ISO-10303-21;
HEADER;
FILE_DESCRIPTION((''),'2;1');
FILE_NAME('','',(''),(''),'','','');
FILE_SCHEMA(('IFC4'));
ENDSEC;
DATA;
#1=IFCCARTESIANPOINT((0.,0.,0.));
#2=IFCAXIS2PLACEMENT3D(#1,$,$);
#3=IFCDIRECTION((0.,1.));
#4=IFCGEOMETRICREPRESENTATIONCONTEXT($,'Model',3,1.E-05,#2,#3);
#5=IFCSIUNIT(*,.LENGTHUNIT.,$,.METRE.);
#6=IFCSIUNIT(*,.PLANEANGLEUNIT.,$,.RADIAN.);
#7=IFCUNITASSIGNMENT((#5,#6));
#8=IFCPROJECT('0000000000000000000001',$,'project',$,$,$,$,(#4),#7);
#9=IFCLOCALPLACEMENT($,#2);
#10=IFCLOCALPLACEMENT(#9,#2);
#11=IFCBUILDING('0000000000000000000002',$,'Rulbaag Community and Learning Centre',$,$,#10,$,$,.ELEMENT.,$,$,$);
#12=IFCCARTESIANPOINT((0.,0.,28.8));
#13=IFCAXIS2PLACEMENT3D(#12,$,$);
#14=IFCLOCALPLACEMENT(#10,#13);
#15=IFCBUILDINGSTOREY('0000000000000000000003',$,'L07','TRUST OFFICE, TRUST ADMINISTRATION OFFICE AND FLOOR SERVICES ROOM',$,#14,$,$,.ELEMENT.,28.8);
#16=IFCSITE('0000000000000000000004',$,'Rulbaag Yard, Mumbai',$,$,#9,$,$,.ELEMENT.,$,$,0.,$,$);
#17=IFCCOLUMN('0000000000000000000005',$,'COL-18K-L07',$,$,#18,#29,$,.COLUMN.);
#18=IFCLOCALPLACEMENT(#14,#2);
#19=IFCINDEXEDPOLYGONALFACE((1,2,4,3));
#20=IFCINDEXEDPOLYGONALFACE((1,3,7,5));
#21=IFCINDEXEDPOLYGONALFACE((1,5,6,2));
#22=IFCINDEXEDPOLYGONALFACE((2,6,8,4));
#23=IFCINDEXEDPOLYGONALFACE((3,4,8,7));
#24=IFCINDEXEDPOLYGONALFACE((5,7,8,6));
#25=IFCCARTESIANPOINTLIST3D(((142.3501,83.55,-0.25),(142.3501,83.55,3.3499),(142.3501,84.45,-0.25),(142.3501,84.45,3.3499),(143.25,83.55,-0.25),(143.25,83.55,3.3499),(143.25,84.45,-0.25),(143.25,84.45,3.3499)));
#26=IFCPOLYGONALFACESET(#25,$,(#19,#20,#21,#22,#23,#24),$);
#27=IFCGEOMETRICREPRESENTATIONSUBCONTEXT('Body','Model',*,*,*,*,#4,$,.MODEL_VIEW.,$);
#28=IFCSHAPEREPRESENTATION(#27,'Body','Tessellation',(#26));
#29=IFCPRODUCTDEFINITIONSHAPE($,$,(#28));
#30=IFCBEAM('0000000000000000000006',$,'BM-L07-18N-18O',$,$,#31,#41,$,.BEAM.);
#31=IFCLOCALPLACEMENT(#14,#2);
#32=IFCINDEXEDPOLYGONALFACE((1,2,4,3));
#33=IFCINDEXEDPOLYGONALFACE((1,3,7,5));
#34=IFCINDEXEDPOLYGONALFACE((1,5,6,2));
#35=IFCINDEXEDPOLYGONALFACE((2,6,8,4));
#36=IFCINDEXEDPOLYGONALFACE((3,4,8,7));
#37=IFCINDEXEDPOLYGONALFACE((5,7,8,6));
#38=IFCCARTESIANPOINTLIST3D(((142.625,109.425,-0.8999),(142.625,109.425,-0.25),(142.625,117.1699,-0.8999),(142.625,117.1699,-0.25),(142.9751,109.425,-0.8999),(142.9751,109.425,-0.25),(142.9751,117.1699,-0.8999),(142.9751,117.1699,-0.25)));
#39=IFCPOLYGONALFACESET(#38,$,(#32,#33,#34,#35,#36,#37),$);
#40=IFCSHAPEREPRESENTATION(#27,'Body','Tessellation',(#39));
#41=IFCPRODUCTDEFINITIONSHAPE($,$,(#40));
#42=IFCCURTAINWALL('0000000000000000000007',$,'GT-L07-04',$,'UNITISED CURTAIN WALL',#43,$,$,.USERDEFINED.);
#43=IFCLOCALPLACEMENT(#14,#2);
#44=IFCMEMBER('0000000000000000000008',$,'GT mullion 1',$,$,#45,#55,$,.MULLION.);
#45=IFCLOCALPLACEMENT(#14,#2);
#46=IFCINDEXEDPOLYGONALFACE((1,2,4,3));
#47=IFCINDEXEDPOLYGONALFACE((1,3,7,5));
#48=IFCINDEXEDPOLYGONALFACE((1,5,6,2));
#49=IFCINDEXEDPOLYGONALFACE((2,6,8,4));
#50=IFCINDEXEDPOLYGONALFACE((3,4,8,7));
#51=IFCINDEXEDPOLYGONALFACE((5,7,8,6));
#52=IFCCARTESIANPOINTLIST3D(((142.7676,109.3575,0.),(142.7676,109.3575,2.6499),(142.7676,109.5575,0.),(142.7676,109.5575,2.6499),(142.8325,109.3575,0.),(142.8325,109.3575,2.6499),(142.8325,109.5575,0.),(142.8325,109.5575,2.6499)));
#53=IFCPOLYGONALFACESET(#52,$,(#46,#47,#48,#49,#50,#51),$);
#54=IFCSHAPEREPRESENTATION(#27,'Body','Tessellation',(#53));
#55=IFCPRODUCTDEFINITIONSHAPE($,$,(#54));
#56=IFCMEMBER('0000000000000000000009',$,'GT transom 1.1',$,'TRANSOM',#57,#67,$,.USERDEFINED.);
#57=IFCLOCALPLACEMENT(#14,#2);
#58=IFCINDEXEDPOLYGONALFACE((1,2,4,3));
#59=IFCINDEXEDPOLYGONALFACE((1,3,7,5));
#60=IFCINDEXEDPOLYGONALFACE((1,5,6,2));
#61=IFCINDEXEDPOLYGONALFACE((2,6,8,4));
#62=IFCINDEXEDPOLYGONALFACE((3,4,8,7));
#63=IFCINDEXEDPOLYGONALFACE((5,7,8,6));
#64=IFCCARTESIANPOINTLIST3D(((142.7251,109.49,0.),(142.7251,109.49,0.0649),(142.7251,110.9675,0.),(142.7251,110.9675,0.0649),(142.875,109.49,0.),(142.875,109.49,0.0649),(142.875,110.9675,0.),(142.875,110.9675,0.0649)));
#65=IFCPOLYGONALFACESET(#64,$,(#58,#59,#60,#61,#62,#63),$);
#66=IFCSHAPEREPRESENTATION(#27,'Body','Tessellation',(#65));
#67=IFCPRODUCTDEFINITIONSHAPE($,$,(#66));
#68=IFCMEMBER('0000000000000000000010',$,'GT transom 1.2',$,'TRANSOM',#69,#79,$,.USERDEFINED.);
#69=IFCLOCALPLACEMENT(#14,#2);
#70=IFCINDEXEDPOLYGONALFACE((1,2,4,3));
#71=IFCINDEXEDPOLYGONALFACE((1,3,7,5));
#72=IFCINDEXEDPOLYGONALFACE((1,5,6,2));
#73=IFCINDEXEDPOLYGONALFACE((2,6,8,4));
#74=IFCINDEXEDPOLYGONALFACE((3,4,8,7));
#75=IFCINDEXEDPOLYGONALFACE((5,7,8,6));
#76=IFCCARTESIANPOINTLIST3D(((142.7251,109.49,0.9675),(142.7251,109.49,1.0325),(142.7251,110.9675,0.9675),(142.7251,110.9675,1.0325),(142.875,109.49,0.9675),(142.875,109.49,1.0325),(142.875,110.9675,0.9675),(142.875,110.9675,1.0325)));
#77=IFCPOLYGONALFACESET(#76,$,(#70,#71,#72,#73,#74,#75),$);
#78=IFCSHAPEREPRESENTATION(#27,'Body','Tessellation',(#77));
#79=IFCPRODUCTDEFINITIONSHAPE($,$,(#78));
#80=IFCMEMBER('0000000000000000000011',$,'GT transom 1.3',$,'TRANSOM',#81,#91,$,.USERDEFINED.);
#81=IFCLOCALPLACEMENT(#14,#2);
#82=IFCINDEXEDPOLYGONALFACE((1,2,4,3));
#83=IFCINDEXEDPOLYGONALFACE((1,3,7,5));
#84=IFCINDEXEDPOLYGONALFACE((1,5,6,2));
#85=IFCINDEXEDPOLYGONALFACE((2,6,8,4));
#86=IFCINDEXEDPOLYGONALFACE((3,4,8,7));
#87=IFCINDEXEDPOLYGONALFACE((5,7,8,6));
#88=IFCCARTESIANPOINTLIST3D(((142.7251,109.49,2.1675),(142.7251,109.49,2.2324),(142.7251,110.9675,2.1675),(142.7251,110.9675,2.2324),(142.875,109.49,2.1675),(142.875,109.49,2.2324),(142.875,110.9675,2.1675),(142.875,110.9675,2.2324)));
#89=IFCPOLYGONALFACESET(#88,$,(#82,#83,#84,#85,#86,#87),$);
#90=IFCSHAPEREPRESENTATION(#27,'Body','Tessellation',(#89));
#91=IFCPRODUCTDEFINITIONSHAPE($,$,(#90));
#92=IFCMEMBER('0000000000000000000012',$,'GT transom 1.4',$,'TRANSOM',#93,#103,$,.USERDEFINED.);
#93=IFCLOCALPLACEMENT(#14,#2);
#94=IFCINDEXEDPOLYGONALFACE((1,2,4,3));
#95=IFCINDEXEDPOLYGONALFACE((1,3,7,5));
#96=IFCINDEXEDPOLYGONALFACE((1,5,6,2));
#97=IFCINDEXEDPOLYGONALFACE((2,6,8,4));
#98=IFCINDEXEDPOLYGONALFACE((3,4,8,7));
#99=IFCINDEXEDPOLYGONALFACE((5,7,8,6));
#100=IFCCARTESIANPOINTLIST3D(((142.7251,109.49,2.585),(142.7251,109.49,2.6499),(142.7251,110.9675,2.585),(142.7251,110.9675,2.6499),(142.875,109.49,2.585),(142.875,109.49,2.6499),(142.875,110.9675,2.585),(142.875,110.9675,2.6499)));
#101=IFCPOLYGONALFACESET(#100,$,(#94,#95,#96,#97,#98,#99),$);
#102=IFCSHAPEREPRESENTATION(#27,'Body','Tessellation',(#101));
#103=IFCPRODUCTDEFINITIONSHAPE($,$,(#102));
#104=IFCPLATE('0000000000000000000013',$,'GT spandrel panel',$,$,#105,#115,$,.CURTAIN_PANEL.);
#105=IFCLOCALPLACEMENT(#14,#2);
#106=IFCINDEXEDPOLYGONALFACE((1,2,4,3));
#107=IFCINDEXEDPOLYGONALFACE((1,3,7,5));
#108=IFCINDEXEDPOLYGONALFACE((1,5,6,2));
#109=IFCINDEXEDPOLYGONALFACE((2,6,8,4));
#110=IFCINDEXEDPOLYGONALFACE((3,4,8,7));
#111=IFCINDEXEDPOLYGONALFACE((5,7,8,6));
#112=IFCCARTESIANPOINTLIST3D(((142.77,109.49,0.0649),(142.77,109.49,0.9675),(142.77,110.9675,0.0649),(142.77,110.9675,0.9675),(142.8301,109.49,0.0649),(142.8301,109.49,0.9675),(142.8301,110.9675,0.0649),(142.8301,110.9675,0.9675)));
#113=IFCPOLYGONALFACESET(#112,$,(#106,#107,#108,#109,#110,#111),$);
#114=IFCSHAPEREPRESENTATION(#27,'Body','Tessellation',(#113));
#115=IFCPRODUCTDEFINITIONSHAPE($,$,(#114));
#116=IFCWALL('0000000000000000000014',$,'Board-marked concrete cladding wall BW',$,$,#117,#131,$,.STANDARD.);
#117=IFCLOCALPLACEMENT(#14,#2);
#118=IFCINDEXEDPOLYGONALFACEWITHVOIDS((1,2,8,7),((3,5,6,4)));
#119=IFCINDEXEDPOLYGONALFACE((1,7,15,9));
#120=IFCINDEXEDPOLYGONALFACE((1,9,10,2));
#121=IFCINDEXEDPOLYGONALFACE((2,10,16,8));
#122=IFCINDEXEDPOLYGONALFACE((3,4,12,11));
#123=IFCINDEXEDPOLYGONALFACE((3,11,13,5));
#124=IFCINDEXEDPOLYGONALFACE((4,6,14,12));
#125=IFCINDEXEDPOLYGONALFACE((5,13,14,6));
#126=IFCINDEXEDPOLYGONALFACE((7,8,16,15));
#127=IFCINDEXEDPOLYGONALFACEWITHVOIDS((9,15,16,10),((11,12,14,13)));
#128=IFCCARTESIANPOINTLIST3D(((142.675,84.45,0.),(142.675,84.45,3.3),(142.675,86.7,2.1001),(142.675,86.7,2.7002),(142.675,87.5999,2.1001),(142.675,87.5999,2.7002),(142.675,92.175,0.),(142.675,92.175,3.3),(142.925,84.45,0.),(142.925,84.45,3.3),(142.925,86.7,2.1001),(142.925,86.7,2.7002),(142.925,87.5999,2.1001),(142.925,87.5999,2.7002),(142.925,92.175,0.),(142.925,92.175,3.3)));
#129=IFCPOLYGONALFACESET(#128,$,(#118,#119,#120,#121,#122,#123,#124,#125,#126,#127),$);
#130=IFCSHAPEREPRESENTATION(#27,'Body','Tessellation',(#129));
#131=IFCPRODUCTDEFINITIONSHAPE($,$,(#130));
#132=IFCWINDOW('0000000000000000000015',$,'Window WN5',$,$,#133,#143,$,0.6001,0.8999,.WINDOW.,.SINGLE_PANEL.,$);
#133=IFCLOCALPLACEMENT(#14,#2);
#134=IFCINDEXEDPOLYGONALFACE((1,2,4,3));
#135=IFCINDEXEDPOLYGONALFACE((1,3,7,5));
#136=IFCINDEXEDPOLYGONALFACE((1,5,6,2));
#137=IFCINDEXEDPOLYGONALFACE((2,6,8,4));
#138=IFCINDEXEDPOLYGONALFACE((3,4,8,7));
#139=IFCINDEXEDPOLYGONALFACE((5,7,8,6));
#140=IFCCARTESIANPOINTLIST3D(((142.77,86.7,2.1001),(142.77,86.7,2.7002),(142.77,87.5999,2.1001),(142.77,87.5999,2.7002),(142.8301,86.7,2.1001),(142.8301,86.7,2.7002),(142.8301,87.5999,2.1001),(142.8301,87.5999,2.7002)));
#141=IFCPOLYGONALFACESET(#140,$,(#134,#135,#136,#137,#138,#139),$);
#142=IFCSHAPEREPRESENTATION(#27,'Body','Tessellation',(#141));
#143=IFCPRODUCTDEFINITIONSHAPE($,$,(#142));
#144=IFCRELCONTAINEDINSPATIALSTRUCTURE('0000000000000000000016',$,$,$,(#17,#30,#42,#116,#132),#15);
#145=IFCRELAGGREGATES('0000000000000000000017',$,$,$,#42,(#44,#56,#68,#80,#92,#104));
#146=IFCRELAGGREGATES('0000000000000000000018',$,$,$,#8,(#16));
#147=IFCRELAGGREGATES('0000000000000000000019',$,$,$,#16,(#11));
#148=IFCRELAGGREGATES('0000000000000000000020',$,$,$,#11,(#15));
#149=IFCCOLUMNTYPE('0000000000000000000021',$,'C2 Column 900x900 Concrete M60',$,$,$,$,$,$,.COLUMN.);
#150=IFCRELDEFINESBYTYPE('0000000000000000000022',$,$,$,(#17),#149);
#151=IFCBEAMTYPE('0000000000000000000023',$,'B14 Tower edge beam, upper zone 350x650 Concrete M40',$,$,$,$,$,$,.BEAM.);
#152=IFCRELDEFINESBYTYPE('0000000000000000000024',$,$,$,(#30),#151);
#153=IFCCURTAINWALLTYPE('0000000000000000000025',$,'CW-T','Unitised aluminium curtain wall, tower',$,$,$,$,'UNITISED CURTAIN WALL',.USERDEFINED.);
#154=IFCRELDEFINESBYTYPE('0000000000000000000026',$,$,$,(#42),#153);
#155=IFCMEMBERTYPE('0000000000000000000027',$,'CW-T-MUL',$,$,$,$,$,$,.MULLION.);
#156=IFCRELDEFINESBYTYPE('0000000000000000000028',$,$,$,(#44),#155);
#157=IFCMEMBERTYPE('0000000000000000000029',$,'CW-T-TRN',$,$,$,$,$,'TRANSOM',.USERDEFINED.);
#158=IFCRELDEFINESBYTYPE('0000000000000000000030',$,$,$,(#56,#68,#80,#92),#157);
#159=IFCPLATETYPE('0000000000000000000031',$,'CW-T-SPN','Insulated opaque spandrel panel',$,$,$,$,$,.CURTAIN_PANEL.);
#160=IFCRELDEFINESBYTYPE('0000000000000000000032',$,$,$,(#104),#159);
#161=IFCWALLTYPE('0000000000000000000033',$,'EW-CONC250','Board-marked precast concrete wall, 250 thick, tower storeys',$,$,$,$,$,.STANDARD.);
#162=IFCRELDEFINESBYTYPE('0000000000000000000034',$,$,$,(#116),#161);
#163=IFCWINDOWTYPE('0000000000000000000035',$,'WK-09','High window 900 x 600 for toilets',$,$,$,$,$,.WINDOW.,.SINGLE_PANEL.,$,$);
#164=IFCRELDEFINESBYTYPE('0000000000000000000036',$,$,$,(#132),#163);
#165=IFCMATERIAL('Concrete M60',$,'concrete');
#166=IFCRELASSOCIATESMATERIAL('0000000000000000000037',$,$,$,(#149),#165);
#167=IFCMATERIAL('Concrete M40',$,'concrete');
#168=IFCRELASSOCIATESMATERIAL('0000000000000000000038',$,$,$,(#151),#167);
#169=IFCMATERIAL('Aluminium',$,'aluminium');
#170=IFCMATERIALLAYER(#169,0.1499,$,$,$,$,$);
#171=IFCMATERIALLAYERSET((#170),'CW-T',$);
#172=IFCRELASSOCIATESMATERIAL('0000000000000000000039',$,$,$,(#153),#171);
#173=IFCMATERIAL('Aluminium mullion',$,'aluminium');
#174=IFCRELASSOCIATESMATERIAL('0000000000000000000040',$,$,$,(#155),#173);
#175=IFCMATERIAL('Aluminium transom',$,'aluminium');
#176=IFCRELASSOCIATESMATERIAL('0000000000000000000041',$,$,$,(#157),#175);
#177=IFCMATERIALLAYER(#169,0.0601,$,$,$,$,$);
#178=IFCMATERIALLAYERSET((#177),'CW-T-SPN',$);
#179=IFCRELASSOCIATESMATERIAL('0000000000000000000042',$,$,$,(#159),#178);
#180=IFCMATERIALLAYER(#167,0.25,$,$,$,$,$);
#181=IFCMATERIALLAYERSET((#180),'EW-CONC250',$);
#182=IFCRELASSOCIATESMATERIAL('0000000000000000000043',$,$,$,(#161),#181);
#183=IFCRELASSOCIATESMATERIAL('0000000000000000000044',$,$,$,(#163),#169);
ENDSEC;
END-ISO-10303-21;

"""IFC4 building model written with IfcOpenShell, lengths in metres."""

from ifc_helpers import new_model, si_unit, direction, frame, frame_2d, origin, origin_2d, place, context, subcontext, project, spatial, rectangle, extrude, material, layer, layer_set, material_profile, profile_set, type_object, element, fill, aggregate, save


model = new_model("IFC4")

# Units and contexts
model_context = context("Model", 3, precision=1e-05, world=origin(), true_north=direction((0.0, 1.0)))
body_context = subcontext(model_context, "Body", "Model", "MODEL_VIEW")
ifc_project = project(units=[si_unit("LENGTHUNIT", "METRE"), si_unit("PLANEANGLEUNIT", "RADIAN")], contexts=[model_context])

# Site, building, storey
site_placement = place(None, origin())
site = spatial("IfcSite", under=ifc_project, at=site_placement, Name="Rulbaag Yard, Mumbai", CompositionType="ELEMENT", RefElevation=0.0)
building_placement = place(site_placement, origin())
building = spatial("IfcBuilding", under=site, at=building_placement, Name="Rulbaag Community and Learning Centre", CompositionType="ELEMENT")
storey_placement = place(building_placement, frame((0.0, 0.0, 28.8)))
storey = spatial("IfcBuildingStorey", under=building, at=storey_placement, Name="L07", Description="TRUST OFFICE, TRUST ADMINISTRATION OFFICE AND FLOOR SERVICES ROOM", CompositionType="ELEMENT", Elevation=28.8)

# Column
ifc_material_1 = material(Name="Concrete M60", Category="concrete")
ifc_material_profile_1 = material_profile(ifc_material_1, rectangle(XDim=0.8999, YDim=0.8999, at=origin_2d()), Name="RC900x900")
ifc_profile_set_1 = profile_set([ifc_material_profile_1], Name="Concrete M60")
column_type = type_object("IfcColumnType", Name="C2 Column 900x900 Concrete M60", PredefinedType="COLUMN", material=ifc_profile_set_1)
column_placement = place(storey_placement, frame((142.8, 84.0, -0.25), z_axis=(0.0, 0.0, 1.0), x_axis=(1.0, 0.0, 0.0)))
element("IfcColumn", 1, at=column_placement, inside=storey, type_object=column_type, Name="COL-18K-L07", PredefinedType="COLUMN", context=body_context, shape_type="SweptSolid", body=[
    extrude(rectangle(XDim=0.8999, YDim=0.8999, at=origin_2d()), origin(), (0.0, 0.0, 1.0), 3.5999),
])

# Beam
ifc_material_2 = material(Name="Concrete M40", Category="concrete")
ifc_material_profile_2 = material_profile(ifc_material_2, rectangle(XDim=0.3501, YDim=0.6499, at=origin_2d()), Name="RB350x650")
ifc_profile_set_2 = profile_set([ifc_material_profile_2], Name="Concrete M40")
beam_type = type_object("IfcBeamType", Name="B14 Tower edge beam, upper zone 350x650 Concrete M40", PredefinedType="BEAM", material=ifc_profile_set_2)
beam_placement = place(storey_placement, frame((142.8, 109.425, -0.575), z_axis=(0.0, 1.0, 0.0), x_axis=(-1.0, 0.0, 0.0)))
element("IfcBeam", 2, at=beam_placement, inside=storey, type_object=beam_type, Name="BM-L07-18N-18O", PredefinedType="BEAM", context=body_context, shape_type="SweptSolid", body=[
    extrude(rectangle(XDim=0.3501, YDim=0.6499, at=origin_2d()), origin(), (0.0, 0.0, 1.0), 7.7449),
])

# Curtain wall, members, plate
ifc_material_3 = material(Name="Aluminium", Category="aluminium")
ifc_layer_1 = layer(ifc_material_3, 0.1499)
ifc_layer_set_1 = layer_set([ifc_layer_1], Name="CW-T")
curtain_wall_type = type_object("IfcCurtainWallType", Name="CW-T", Description="Unitised aluminium curtain wall, tower", ElementType="UNITISED CURTAIN WALL", PredefinedType="USERDEFINED", material=ifc_layer_set_1)
curtain_wall_placement = place(storey_placement, origin())
curtain_wall = element("IfcCurtainWall", 3, at=curtain_wall_placement, inside=storey, type_object=curtain_wall_type, Name="GT-L07-04", ObjectType="UNITISED CURTAIN WALL", PredefinedType="USERDEFINED")
ifc_material_4 = material(Name="Aluminium mullion", Category="aluminium")
ifc_material_profile_3 = material_profile(ifc_material_4, rectangle(XDim=0.0649, YDim=0.2, at=origin_2d()), Name="AL 65x200")
ifc_profile_set_3 = profile_set([ifc_material_profile_3], Name="Aluminium mullion")
member_type_1 = type_object("IfcMemberType", Name="CW-T-MUL", PredefinedType="MULLION", material=ifc_profile_set_3)
member_1_placement = place(storey_placement, frame((142.8, 109.4575, 0.0), z_axis=(0.0, 0.0, 1.0), x_axis=(-1.0, 0.0, 0.0)))
member_1 = element("IfcMember", 4, at=member_1_placement, type_object=member_type_1, Name="GT mullion 1", PredefinedType="MULLION", context=body_context, shape_type="SweptSolid", body=[
    extrude(rectangle(XDim=0.0649, YDim=0.2, at=origin_2d()), origin(), (0.0, 0.0, 1.0), 2.6499),
])
ifc_material_5 = material(Name="Aluminium transom", Category="aluminium")
ifc_material_profile_4 = material_profile(ifc_material_5, rectangle(XDim=0.1499, YDim=0.0649, at=origin_2d()), Name="AL 65x150 T")
ifc_profile_set_4 = profile_set([ifc_material_profile_4], Name="Aluminium transom")
member_type_2 = type_object("IfcMemberType", Name="CW-T-TRN", ElementType="TRANSOM", PredefinedType="USERDEFINED", material=ifc_profile_set_4)
member_2_placement = place(storey_placement, frame((142.8, 109.49, 0.0325), z_axis=(0.0, 1.0, 0.0), x_axis=(-1.0, 0.0, 0.0)))
member_2 = element("IfcMember", 5, at=member_2_placement, type_object=member_type_2, Name="GT transom 1.1", ObjectType="TRANSOM", PredefinedType="USERDEFINED", context=body_context, shape_type="SweptSolid", body=[
    extrude(rectangle(XDim=0.1499, YDim=0.0649, at=origin_2d()), origin(), (0.0, 0.0, 1.0), 1.4775),
])
member_3_placement = place(storey_placement, frame((142.8, 109.49, 1.0), z_axis=(0.0, 1.0, 0.0), x_axis=(-1.0, 0.0, 0.0)))
member_3 = element("IfcMember", 6, at=member_3_placement, type_object=member_type_2, Name="GT transom 1.2", ObjectType="TRANSOM", PredefinedType="USERDEFINED", context=body_context, shape_type="SweptSolid", body=[
    extrude(rectangle(XDim=0.1499, YDim=0.0649, at=origin_2d()), origin(), (0.0, 0.0, 1.0), 1.4775),
])
member_4_placement = place(storey_placement, frame((142.8, 109.49, 2.2), z_axis=(0.0, 1.0, 0.0), x_axis=(-1.0, 0.0, 0.0)))
member_4 = element("IfcMember", 7, at=member_4_placement, type_object=member_type_2, Name="GT transom 1.3", ObjectType="TRANSOM", PredefinedType="USERDEFINED", context=body_context, shape_type="SweptSolid", body=[
    extrude(rectangle(XDim=0.1499, YDim=0.0649, at=origin_2d()), origin(), (0.0, 0.0, 1.0), 1.4775),
])
member_5_placement = place(storey_placement, frame((142.8, 109.49, 2.6174), z_axis=(0.0, 1.0, 0.0), x_axis=(-1.0, 0.0, 0.0)))
member_5 = element("IfcMember", 8, at=member_5_placement, type_object=member_type_2, Name="GT transom 1.4", ObjectType="TRANSOM", PredefinedType="USERDEFINED", context=body_context, shape_type="SweptSolid", body=[
    extrude(rectangle(XDim=0.1499, YDim=0.0649, at=origin_2d()), origin(), (0.0, 0.0, 1.0), 1.4775),
])
ifc_layer_2 = layer(ifc_material_3, 0.0601)
ifc_layer_set_2 = layer_set([ifc_layer_2], Name="CW-T-SPN")
plate_type = type_object("IfcPlateType", Name="CW-T-SPN", Description="Insulated opaque spandrel panel", PredefinedType="CURTAIN_PANEL", material=ifc_layer_set_2)
plate_placement = place(storey_placement, frame((142.8, 110.2288, 0.0649), z_axis=(0.0, 0.0, 1.0), x_axis=(0.0, 1.0, 0.0)))
plate = element("IfcPlate", 9, at=plate_placement, type_object=plate_type, Name="GT spandrel panel", PredefinedType="CURTAIN_PANEL", context=body_context, shape_type="SweptSolid", body=[
    extrude(rectangle(XDim=1.4775, YDim=0.0601, at=origin_2d()), origin(), (0.0, 0.0, 1.0), 0.9026),
])
aggregate(curtain_wall, [member_1, member_2, member_3, member_4, member_5, plate])

# Wall, opening, window
ifc_layer_3 = layer(ifc_material_2, 0.25)
ifc_layer_set_3 = layer_set([ifc_layer_3], Name="EW-CONC250")
wall_type_1 = type_object("IfcWallType", Name="EW-CONC250", Description="Board-marked precast concrete wall, 250 thick, tower storeys", PredefinedType="STANDARD", material=ifc_layer_set_3)
wall_1_placement = place(storey_placement, frame((142.8, 84.45, 0.0), z_axis=(0.0, 0.0, 1.0), x_axis=(0.0, 1.0, 0.0)))
wall_1 = element("IfcWall", 10, at=wall_1_placement, inside=storey, type_object=wall_type_1, Name="Board-marked concrete cladding wall BW", PredefinedType="STANDARD", context=body_context, shape_type="SweptSolid", body=[
    extrude(rectangle(XDim=7.7251, YDim=0.25, at=frame_2d((3.8625, 0.0))), origin(), (0.0, 0.0, 1.0), 3.3),
])
opening_1_placement = place(wall_1_placement, frame((2.25, 0.0, 2.1001)))
opening_1 = element("IfcOpeningElement", 11, at=opening_1_placement, cuts=wall_1, PredefinedType="OPENING", context=body_context, shape_type="SweptSolid", body=[
    extrude(rectangle(XDim=0.8999, YDim=0.6001, at=frame_2d((0.45, 0.3))), frame((0.0, 0.135, 0.0), z_axis=(0.0, -1.0, 0.0), x_axis=(1.0, 0.0, 0.0)), (0.0, 0.0, 1.0), 0.27),
])
window_type = type_object("IfcWindowType", Name="WK-09", Description="High window 900 x 600 for toilets", PartitioningType="SINGLE_PANEL", PredefinedType="WINDOW", material=ifc_material_3)
window_placement = place(opening_1_placement, origin())
window = element("IfcWindow", 12, at=window_placement, inside=storey, type_object=window_type, Name="Window WN5", OverallHeight=0.6001, OverallWidth=0.8999, PartitioningType="SINGLE_PANEL", PredefinedType="WINDOW", context=body_context, shape_type="SweptSolid", body=[
    extrude(rectangle(XDim=0.8999, YDim=0.6001, at=frame_2d((0.45, 0.3))), frame((0.0, 0.03, 0.0), z_axis=(0.0, -1.0, 0.0), x_axis=(1.0, 0.0, 0.0)), (0.0, 0.0, 1.0), 0.0601),
])
fill(opening_1, window)

save(model, "model.ifc")
